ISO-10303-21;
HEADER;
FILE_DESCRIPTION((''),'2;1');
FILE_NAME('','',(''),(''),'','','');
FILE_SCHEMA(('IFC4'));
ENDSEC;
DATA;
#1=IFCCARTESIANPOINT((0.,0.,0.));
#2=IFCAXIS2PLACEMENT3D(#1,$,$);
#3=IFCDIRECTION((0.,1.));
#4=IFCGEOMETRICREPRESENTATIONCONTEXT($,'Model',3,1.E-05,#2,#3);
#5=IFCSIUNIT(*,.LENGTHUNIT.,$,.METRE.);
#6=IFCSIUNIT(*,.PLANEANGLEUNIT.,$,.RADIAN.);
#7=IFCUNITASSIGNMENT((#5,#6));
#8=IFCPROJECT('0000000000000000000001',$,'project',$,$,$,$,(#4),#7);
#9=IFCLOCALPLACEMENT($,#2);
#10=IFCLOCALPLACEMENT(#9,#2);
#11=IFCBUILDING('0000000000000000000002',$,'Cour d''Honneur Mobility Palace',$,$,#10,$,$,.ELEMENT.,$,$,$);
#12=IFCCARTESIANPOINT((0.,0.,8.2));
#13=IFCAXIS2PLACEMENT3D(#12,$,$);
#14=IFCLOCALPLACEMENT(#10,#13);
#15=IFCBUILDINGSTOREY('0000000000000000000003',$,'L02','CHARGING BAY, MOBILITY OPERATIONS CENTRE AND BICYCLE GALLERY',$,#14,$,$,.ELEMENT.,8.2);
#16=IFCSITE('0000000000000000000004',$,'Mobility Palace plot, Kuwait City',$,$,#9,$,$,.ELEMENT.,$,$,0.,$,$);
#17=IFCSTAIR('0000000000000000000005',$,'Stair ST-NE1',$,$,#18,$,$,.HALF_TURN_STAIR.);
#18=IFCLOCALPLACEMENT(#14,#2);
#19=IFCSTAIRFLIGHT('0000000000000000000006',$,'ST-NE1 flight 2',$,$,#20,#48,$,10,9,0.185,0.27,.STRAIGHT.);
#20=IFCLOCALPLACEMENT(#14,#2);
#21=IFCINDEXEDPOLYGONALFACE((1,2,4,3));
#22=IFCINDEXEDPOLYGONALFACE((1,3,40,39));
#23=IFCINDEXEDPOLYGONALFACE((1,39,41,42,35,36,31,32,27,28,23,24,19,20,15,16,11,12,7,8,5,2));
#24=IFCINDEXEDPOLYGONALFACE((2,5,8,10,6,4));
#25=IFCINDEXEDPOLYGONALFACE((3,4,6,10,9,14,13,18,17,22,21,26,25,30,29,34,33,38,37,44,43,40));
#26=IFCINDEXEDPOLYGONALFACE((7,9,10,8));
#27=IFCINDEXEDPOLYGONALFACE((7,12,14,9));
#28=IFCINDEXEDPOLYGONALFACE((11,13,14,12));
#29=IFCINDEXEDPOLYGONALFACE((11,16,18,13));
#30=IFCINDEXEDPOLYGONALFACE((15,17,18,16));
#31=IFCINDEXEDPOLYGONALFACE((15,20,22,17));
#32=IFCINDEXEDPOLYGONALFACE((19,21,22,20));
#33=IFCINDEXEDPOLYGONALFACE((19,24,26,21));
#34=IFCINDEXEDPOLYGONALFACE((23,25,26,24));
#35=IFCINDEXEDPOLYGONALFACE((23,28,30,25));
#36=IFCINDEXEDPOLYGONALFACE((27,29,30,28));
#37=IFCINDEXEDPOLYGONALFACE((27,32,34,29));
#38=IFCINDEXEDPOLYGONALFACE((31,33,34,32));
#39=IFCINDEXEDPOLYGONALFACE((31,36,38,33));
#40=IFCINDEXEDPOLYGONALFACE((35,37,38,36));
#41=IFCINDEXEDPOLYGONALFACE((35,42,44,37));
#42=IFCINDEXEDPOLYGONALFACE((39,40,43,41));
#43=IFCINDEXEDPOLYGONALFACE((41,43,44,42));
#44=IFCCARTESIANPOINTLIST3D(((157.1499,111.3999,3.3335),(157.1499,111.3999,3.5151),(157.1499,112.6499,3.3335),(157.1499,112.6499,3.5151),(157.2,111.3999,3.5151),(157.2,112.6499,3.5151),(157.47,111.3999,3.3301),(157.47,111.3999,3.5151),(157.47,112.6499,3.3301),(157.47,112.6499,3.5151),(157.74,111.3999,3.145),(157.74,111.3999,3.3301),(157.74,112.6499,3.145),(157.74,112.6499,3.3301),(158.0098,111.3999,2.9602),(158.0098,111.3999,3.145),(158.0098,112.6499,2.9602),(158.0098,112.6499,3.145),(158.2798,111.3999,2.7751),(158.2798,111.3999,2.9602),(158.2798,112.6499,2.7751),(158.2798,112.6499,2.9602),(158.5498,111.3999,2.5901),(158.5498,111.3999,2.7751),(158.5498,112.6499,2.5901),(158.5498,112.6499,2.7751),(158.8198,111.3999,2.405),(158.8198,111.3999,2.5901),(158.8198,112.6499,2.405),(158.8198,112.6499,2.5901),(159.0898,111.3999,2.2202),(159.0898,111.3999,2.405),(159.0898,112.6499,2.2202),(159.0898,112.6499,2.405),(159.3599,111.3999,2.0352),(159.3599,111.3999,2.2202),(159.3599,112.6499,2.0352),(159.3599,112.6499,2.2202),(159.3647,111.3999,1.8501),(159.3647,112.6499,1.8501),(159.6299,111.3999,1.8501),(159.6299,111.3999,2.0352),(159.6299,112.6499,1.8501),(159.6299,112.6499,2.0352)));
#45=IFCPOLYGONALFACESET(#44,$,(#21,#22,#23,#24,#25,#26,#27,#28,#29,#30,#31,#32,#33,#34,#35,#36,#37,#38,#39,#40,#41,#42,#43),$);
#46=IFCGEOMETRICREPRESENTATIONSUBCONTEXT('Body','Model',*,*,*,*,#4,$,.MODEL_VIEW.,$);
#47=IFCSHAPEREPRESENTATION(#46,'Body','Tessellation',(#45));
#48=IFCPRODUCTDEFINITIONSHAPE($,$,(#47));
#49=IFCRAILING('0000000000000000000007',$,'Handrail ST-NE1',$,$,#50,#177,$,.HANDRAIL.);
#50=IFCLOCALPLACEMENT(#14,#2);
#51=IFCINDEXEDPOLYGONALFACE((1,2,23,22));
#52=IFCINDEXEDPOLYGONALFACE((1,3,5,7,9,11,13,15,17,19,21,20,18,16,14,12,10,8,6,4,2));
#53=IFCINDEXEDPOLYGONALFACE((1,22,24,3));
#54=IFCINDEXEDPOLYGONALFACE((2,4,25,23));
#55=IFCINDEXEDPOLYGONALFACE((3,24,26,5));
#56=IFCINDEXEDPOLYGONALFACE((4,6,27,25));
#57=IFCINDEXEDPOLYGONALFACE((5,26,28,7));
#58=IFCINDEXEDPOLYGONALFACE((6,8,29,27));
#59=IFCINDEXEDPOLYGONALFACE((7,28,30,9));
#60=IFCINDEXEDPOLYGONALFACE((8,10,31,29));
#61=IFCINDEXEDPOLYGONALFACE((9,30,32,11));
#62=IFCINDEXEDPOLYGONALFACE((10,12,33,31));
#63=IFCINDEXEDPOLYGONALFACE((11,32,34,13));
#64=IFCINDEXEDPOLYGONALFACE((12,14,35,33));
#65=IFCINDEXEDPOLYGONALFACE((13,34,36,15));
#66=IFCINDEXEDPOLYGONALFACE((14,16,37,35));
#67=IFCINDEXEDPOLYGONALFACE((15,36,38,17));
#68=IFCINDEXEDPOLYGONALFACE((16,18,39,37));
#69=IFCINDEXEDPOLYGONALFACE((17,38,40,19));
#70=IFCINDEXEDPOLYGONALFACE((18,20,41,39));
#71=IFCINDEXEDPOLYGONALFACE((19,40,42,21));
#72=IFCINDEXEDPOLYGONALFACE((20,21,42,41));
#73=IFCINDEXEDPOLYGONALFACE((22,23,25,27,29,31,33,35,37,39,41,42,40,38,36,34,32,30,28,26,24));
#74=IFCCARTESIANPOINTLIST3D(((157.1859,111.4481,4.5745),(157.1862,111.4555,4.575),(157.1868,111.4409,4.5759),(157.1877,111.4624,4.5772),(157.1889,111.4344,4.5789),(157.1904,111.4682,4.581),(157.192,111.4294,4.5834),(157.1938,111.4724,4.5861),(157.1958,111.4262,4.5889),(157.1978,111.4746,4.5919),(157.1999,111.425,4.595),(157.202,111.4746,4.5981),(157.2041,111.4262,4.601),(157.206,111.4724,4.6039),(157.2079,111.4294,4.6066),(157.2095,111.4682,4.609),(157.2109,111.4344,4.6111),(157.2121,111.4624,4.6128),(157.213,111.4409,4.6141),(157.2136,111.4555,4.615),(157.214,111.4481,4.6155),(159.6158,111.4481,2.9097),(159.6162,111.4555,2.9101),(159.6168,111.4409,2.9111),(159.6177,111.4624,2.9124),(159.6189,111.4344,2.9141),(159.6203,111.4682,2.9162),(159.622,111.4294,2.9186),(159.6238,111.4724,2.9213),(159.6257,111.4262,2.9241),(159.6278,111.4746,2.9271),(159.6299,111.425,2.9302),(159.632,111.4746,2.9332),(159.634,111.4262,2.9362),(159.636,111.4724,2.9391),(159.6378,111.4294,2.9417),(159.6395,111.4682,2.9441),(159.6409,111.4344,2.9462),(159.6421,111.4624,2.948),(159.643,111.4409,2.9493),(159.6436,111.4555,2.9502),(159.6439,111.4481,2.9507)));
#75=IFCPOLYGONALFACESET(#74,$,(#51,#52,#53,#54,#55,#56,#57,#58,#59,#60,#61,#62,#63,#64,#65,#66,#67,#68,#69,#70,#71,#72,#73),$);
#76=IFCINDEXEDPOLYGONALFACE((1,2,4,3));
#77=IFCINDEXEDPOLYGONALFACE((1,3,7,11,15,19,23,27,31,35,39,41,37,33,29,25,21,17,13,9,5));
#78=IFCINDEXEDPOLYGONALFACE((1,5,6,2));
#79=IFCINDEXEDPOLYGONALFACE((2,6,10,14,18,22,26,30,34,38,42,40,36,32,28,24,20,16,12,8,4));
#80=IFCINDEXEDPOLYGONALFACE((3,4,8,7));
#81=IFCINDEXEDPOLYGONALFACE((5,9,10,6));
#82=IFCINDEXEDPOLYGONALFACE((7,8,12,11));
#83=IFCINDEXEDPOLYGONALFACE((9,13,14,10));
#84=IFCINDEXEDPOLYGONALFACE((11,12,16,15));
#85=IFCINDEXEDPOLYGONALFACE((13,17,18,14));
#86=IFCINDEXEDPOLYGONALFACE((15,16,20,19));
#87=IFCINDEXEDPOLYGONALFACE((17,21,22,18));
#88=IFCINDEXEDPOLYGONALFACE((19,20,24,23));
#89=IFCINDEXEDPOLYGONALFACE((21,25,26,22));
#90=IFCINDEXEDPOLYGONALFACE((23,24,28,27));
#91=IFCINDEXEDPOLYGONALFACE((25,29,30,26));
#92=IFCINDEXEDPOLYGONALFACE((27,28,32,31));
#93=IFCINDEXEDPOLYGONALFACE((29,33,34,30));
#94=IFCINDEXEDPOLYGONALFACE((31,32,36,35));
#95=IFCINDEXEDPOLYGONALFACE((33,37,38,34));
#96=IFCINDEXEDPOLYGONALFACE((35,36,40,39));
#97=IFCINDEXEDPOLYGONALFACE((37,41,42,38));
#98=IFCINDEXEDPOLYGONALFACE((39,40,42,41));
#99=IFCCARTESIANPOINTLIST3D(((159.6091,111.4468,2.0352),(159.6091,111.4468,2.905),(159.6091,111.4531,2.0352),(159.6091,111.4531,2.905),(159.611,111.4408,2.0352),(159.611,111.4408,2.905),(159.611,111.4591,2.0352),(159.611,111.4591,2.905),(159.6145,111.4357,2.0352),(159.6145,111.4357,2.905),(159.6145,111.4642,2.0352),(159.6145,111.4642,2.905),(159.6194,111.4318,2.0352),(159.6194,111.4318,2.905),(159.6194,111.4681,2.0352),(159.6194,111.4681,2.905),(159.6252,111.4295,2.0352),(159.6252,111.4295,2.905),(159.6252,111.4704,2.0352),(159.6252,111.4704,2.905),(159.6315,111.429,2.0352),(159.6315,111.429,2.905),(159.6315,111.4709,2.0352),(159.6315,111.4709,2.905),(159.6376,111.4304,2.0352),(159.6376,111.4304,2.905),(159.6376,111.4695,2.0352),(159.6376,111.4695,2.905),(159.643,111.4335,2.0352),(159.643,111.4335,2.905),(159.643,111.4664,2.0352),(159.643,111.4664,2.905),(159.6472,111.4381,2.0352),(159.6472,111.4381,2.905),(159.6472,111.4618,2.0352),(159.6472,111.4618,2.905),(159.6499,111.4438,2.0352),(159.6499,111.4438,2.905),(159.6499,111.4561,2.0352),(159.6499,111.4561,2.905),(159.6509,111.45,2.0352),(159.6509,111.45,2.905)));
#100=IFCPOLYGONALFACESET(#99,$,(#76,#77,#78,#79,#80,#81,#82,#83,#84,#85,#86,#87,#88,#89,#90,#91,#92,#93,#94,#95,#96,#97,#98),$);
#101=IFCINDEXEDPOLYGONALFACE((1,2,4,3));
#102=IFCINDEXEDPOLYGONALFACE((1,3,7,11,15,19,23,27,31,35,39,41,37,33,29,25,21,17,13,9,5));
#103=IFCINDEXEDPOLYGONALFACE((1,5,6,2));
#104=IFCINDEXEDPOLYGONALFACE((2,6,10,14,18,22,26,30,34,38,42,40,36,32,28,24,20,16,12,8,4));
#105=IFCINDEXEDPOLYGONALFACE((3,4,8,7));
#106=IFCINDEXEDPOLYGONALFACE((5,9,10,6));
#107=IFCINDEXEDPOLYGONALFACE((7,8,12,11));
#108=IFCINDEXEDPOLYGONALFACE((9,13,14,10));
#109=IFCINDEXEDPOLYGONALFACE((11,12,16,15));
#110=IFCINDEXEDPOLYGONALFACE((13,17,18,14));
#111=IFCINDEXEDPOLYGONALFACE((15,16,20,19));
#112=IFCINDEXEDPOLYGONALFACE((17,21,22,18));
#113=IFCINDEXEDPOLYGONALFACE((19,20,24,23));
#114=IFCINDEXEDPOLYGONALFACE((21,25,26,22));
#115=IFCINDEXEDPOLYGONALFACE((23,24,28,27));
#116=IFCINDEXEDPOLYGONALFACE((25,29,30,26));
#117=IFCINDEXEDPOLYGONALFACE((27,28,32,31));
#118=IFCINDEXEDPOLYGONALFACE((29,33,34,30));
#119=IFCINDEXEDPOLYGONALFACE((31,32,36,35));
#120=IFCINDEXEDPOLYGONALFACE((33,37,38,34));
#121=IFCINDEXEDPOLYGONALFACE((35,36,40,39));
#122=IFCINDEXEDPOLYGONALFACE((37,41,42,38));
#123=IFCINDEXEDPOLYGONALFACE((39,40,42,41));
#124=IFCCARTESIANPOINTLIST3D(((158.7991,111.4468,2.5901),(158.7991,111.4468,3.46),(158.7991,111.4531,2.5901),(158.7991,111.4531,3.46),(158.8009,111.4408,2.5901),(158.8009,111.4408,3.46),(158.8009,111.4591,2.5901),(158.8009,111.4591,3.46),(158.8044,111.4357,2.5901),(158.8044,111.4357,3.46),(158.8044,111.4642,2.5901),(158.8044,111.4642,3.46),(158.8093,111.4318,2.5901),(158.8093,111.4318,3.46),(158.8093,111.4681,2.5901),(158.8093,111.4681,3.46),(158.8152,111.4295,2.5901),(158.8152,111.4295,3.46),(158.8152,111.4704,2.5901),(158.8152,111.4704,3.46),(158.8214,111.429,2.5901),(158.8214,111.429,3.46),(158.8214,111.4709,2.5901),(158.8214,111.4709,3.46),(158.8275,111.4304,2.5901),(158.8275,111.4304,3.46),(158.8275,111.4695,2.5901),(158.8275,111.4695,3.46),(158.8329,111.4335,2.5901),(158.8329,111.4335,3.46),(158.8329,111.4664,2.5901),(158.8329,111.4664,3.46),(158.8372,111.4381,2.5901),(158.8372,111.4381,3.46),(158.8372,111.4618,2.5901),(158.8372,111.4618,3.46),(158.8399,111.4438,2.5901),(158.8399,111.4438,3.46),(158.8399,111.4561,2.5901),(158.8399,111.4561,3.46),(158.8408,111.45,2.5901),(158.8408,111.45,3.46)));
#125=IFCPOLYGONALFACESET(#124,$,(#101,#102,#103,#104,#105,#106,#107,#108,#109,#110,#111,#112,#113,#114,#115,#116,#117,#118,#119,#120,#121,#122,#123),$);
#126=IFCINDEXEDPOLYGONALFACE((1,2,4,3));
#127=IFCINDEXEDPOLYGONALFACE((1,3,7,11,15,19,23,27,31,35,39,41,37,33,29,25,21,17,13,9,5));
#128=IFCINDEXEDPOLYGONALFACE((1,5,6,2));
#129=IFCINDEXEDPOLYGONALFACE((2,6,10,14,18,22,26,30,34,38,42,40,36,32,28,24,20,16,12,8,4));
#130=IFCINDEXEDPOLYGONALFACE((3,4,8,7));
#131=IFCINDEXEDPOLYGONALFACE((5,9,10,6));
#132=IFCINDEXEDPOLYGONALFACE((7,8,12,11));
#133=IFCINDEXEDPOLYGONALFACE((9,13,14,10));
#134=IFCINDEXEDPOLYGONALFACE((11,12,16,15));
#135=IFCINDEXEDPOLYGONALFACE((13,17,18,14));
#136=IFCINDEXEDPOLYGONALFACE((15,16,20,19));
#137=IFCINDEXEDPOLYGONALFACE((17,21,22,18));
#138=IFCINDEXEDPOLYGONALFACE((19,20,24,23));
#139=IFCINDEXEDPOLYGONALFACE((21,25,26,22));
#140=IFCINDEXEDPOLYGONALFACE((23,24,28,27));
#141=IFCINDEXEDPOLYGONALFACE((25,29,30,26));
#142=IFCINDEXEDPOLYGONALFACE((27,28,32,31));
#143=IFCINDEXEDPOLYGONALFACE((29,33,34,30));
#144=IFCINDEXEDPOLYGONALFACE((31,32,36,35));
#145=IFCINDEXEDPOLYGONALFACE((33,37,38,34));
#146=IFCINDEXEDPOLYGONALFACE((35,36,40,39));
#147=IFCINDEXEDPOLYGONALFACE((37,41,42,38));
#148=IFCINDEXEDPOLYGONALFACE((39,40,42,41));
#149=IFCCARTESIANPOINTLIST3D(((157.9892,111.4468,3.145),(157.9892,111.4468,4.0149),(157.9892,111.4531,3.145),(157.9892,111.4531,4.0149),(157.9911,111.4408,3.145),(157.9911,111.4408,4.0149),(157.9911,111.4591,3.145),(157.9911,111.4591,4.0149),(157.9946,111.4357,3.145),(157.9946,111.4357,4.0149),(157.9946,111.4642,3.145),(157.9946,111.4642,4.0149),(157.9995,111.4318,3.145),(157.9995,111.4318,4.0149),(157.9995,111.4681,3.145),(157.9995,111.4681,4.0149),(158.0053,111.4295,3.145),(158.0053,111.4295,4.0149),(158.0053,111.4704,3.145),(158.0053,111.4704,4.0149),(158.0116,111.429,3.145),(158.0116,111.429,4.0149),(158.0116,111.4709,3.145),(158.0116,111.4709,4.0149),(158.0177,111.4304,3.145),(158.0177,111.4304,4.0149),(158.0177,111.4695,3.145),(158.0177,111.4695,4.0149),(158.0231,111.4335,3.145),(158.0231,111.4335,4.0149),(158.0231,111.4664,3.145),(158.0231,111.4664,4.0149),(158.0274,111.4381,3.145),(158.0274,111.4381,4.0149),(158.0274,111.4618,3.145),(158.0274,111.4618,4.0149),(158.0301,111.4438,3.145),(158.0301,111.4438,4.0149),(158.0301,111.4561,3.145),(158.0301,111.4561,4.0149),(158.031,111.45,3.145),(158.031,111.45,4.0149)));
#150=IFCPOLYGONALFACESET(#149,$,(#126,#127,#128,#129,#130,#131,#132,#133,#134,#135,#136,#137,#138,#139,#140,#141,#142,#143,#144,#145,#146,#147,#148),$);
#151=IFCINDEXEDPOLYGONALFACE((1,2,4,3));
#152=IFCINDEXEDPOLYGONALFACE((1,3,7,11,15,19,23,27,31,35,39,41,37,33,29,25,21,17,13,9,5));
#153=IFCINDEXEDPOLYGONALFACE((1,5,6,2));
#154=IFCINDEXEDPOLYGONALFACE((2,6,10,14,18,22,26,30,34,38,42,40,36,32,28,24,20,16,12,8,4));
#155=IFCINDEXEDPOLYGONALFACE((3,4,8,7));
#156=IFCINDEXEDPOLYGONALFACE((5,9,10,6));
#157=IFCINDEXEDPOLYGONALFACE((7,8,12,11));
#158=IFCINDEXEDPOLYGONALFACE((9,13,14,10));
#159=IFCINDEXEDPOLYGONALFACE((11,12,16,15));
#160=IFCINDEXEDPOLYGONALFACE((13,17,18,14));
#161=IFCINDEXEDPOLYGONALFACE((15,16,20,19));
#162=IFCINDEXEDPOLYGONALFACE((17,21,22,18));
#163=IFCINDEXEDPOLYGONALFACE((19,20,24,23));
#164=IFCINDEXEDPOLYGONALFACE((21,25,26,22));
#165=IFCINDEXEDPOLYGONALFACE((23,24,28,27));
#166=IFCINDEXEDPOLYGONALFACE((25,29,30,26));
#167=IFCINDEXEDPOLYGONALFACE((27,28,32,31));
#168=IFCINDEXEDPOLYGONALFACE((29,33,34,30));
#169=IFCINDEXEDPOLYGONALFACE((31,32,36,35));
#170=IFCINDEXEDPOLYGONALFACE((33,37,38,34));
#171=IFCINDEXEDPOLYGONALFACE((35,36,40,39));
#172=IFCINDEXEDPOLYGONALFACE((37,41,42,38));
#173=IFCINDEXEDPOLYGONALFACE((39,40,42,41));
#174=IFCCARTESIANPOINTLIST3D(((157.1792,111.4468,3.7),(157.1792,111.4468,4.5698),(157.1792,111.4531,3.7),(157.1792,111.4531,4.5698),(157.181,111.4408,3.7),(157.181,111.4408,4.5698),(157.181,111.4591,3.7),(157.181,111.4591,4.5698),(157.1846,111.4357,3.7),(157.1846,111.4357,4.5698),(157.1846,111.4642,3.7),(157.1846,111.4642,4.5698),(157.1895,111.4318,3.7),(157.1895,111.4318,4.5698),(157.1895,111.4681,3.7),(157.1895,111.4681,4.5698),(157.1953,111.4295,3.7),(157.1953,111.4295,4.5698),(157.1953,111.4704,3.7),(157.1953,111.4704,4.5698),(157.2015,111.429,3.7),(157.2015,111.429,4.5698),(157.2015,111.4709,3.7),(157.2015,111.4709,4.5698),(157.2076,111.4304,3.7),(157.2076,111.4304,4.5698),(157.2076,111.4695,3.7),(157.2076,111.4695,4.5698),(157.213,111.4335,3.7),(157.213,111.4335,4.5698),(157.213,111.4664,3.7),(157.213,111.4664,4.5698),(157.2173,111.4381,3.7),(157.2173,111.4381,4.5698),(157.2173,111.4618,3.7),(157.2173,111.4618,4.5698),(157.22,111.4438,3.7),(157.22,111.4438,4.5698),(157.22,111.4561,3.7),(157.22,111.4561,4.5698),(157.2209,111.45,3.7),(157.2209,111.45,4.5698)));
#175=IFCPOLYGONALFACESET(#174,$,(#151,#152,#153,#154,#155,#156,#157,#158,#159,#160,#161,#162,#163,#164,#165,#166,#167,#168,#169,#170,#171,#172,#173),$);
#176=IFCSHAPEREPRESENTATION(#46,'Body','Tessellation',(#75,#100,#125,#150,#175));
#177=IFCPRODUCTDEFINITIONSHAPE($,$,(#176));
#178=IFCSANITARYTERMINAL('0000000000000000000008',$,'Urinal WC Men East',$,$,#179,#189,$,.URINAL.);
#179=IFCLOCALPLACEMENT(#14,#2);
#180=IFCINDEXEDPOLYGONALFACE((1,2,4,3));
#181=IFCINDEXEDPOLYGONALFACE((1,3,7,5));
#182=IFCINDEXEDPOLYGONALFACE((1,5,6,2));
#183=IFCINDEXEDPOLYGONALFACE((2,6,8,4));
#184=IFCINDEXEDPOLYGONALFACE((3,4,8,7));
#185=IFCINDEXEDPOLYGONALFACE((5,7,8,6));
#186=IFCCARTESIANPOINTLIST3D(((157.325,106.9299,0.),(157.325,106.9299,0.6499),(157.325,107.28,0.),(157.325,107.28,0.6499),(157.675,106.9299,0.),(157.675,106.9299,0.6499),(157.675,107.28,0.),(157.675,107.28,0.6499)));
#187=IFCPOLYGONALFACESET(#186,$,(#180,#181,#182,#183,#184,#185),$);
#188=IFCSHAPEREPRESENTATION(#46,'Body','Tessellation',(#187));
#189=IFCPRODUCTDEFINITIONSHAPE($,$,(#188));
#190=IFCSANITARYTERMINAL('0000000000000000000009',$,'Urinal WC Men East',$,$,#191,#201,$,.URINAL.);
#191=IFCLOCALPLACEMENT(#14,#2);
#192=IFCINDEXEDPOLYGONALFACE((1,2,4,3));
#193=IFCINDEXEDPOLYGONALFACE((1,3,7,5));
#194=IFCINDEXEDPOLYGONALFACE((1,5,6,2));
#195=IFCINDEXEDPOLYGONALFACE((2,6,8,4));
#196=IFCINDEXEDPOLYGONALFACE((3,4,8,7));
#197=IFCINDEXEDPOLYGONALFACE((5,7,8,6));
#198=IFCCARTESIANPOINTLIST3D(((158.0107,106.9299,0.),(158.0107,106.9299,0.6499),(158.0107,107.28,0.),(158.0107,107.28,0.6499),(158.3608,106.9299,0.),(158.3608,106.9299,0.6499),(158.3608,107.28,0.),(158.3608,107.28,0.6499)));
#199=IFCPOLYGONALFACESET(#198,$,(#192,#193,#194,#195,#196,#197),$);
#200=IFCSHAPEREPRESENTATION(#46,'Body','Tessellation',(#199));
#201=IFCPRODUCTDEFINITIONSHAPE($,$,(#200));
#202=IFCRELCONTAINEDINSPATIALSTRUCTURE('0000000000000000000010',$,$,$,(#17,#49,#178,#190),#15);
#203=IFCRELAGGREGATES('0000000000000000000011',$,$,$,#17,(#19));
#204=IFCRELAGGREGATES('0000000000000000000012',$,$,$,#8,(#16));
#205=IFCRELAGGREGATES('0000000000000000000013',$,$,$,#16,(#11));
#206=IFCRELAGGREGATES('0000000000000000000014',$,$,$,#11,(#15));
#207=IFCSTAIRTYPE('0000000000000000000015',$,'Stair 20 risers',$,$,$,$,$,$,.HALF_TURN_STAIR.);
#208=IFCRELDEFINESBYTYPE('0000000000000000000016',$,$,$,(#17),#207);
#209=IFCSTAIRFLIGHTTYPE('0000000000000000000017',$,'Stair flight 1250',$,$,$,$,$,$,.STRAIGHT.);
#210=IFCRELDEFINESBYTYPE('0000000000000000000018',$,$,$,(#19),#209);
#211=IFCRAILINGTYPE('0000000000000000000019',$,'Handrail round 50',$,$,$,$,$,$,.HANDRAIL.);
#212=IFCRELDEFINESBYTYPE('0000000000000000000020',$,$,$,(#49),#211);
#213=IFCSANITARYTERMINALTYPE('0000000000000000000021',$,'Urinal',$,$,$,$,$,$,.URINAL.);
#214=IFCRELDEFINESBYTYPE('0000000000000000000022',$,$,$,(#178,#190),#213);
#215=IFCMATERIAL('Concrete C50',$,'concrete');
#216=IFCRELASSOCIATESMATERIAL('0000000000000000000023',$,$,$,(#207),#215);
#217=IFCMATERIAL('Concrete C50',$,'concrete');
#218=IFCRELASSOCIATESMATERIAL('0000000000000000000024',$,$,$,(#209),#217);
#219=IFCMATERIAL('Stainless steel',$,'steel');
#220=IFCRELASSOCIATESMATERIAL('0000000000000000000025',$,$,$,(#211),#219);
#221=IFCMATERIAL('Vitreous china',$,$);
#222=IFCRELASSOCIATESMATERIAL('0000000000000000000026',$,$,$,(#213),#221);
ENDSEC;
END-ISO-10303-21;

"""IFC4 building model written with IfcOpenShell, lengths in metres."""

from ifc_helpers import new_model, si_unit, direction, frame, origin, origin_2d, place, context, subcontext, project, spatial, polyline, rectangle, circle, outline, extrude, material, type_object, element, aggregate, save


model = new_model("IFC4")

# Units and contexts
model_context = context("Model", 3, precision=1e-05, world=origin(), true_north=direction((0.0, 1.0)))
body_context = subcontext(model_context, "Body", "Model", "MODEL_VIEW")
ifc_project = project(units=[si_unit("LENGTHUNIT", "METRE"), si_unit("PLANEANGLEUNIT", "RADIAN")], contexts=[model_context])

# Site, building, storey
site_placement = place(None, origin())
site = spatial("IfcSite", under=ifc_project, at=site_placement, Name="Mobility Palace plot, Kuwait City", CompositionType="ELEMENT", RefElevation=0.0)
building_placement = place(site_placement, origin())
building = spatial("IfcBuilding", under=site, at=building_placement, Name="Cour d'Honneur Mobility Palace", CompositionType="ELEMENT")
storey_placement = place(building_placement, frame((0.0, 0.0, 8.2)))
storey = spatial("IfcBuildingStorey", under=building, at=storey_placement, Name="L02", Description="CHARGING BAY, MOBILITY OPERATIONS CENTRE AND BICYCLE GALLERY", CompositionType="ELEMENT", Elevation=8.2)

# Stair, stair flight
ifc_material_1 = material(Name="Concrete C50", Category="concrete")
stair_type = type_object("IfcStairType", Name="Stair 20 risers", PredefinedType="HALF_TURN_STAIR", material=ifc_material_1)
stair_placement = place(storey_placement, origin())
stair = element("IfcStair", 1, at=stair_placement, inside=storey, type_object=stair_type, Name="Stair ST-NE1", PredefinedType="HALF_TURN_STAIR")
ifc_material_2 = material(Name="Concrete C50", Category="concrete")
stair_flight_type = type_object("IfcStairFlightType", Name="Stair flight 1250", PredefinedType="STRAIGHT", material=ifc_material_2)
stair_flight_placement = place(storey_placement, frame((159.6299, 112.0249, 1.8501), z_axis=(0.0, 0.0, 1.0), x_axis=(-1.0, 0.0, 0.0)))
stair_flight = element("IfcStairFlight", 2, at=stair_flight_placement, type_object=stair_flight_type, Name="ST-NE1 flight 2", NumberOfRisers=10, NumberOfTreads=9, PredefinedType="STRAIGHT", RiserHeight=0.185, TreadLength=0.27, context=body_context, shape_type="SweptSolid", body=[
    extrude(outline(polyline([(0.0, 0.0), (0.0, 0.1851), (0.27, 0.1851), (0.27, 0.3701), (0.54, 0.3701), (0.54, 0.5549), (0.8101, 0.5549), (0.8101, 0.74), (1.0801, 0.74), (1.0801, 0.925), (1.3501, 0.925), (1.3501, 1.1101), (1.6201, 1.1101), (1.6201, 1.2949), (1.8899, 1.2949), (1.8899, 1.48), (2.1599, 1.48), (2.1599, 1.665), (2.4299, 1.665), (2.48, 1.665), (2.48, 1.4834), (0.2651, 0.0), (0.0, 0.0)])), frame((0.0, 0.625, 0.0), z_axis=(0.0, -1.0, 0.0), x_axis=(1.0, 0.0, 0.0)), (0.0, 0.0, 1.0), 1.25),
])
aggregate(stair, [stair_flight])

# Railing
ifc_material_3 = material(Name="Stainless steel", Category="steel")
railing_type = type_object("IfcRailingType", Name="Handrail round 50", PredefinedType="HANDRAIL", material=ifc_material_3)
railing_placement = place(storey_placement, frame((159.6299, 111.45, 2.0352)))
element("IfcRailing", 3, at=railing_placement, inside=storey, type_object=railing_type, Name="Handrail ST-NE1", PredefinedType="HANDRAIL", context=body_context, shape_type="SweptSolid", body=[
    extrude(circle(Radius=0.0249, at=origin_2d()), frame((0.0, 0.0, 0.895), z_axis=(-0.824957, 0.0, 0.565195), x_axis=(0.0, -1.0, 0.0)), (0.0, 0.0, 1.0), 2.9456),
    extrude(circle(Radius=0.021, at=origin_2d()), origin(), (0.0, 0.0, 1.0), 0.8699),
    extrude(circle(Radius=0.021, at=origin_2d()), frame((-0.8101, 0.0, 0.5549)), (0.0, 0.0, 1.0), 0.8699),
    extrude(circle(Radius=0.021, at=origin_2d()), frame((-1.6199, 0.0, 1.1099)), (0.0, 0.0, 1.0), 0.8699),
    extrude(circle(Radius=0.021, at=origin_2d()), frame((-2.4299, 0.0, 1.6648)), (0.0, 0.0, 1.0), 0.8699),
])

# Sanitary terminals
ifc_material_4 = material(Name="Vitreous china")
sanitary_terminal_type_1 = type_object("IfcSanitaryTerminalType", Name="Urinal", PredefinedType="URINAL", material=ifc_material_4)
for number, where, z_axis, x_axis, name in (
    (4, (157.5, 107.105, 0.0), (0.0, 0.0, 1.0), (1.0, 0.0, 0.0), "Urinal WC Men East"),
    (5, (158.1858, 107.105, 0.0), (0.0, 0.0, 1.0), (1.0, 0.0, 0.0), "Urinal WC Men East"),
):
    element("IfcSanitaryTerminal", number, at=place(storey_placement, frame(where, z_axis=z_axis, x_axis=x_axis)), inside=storey, type_object=sanitary_terminal_type_1, Name=name, PredefinedType="URINAL", context=body_context, shape_type="SweptSolid", body=[
        extrude(rectangle(XDim=0.3501, YDim=0.3501, at=origin_2d()), origin(), (0.0, 0.0, 1.0), 0.6499),
    ])

save(model, "model.ifc")
